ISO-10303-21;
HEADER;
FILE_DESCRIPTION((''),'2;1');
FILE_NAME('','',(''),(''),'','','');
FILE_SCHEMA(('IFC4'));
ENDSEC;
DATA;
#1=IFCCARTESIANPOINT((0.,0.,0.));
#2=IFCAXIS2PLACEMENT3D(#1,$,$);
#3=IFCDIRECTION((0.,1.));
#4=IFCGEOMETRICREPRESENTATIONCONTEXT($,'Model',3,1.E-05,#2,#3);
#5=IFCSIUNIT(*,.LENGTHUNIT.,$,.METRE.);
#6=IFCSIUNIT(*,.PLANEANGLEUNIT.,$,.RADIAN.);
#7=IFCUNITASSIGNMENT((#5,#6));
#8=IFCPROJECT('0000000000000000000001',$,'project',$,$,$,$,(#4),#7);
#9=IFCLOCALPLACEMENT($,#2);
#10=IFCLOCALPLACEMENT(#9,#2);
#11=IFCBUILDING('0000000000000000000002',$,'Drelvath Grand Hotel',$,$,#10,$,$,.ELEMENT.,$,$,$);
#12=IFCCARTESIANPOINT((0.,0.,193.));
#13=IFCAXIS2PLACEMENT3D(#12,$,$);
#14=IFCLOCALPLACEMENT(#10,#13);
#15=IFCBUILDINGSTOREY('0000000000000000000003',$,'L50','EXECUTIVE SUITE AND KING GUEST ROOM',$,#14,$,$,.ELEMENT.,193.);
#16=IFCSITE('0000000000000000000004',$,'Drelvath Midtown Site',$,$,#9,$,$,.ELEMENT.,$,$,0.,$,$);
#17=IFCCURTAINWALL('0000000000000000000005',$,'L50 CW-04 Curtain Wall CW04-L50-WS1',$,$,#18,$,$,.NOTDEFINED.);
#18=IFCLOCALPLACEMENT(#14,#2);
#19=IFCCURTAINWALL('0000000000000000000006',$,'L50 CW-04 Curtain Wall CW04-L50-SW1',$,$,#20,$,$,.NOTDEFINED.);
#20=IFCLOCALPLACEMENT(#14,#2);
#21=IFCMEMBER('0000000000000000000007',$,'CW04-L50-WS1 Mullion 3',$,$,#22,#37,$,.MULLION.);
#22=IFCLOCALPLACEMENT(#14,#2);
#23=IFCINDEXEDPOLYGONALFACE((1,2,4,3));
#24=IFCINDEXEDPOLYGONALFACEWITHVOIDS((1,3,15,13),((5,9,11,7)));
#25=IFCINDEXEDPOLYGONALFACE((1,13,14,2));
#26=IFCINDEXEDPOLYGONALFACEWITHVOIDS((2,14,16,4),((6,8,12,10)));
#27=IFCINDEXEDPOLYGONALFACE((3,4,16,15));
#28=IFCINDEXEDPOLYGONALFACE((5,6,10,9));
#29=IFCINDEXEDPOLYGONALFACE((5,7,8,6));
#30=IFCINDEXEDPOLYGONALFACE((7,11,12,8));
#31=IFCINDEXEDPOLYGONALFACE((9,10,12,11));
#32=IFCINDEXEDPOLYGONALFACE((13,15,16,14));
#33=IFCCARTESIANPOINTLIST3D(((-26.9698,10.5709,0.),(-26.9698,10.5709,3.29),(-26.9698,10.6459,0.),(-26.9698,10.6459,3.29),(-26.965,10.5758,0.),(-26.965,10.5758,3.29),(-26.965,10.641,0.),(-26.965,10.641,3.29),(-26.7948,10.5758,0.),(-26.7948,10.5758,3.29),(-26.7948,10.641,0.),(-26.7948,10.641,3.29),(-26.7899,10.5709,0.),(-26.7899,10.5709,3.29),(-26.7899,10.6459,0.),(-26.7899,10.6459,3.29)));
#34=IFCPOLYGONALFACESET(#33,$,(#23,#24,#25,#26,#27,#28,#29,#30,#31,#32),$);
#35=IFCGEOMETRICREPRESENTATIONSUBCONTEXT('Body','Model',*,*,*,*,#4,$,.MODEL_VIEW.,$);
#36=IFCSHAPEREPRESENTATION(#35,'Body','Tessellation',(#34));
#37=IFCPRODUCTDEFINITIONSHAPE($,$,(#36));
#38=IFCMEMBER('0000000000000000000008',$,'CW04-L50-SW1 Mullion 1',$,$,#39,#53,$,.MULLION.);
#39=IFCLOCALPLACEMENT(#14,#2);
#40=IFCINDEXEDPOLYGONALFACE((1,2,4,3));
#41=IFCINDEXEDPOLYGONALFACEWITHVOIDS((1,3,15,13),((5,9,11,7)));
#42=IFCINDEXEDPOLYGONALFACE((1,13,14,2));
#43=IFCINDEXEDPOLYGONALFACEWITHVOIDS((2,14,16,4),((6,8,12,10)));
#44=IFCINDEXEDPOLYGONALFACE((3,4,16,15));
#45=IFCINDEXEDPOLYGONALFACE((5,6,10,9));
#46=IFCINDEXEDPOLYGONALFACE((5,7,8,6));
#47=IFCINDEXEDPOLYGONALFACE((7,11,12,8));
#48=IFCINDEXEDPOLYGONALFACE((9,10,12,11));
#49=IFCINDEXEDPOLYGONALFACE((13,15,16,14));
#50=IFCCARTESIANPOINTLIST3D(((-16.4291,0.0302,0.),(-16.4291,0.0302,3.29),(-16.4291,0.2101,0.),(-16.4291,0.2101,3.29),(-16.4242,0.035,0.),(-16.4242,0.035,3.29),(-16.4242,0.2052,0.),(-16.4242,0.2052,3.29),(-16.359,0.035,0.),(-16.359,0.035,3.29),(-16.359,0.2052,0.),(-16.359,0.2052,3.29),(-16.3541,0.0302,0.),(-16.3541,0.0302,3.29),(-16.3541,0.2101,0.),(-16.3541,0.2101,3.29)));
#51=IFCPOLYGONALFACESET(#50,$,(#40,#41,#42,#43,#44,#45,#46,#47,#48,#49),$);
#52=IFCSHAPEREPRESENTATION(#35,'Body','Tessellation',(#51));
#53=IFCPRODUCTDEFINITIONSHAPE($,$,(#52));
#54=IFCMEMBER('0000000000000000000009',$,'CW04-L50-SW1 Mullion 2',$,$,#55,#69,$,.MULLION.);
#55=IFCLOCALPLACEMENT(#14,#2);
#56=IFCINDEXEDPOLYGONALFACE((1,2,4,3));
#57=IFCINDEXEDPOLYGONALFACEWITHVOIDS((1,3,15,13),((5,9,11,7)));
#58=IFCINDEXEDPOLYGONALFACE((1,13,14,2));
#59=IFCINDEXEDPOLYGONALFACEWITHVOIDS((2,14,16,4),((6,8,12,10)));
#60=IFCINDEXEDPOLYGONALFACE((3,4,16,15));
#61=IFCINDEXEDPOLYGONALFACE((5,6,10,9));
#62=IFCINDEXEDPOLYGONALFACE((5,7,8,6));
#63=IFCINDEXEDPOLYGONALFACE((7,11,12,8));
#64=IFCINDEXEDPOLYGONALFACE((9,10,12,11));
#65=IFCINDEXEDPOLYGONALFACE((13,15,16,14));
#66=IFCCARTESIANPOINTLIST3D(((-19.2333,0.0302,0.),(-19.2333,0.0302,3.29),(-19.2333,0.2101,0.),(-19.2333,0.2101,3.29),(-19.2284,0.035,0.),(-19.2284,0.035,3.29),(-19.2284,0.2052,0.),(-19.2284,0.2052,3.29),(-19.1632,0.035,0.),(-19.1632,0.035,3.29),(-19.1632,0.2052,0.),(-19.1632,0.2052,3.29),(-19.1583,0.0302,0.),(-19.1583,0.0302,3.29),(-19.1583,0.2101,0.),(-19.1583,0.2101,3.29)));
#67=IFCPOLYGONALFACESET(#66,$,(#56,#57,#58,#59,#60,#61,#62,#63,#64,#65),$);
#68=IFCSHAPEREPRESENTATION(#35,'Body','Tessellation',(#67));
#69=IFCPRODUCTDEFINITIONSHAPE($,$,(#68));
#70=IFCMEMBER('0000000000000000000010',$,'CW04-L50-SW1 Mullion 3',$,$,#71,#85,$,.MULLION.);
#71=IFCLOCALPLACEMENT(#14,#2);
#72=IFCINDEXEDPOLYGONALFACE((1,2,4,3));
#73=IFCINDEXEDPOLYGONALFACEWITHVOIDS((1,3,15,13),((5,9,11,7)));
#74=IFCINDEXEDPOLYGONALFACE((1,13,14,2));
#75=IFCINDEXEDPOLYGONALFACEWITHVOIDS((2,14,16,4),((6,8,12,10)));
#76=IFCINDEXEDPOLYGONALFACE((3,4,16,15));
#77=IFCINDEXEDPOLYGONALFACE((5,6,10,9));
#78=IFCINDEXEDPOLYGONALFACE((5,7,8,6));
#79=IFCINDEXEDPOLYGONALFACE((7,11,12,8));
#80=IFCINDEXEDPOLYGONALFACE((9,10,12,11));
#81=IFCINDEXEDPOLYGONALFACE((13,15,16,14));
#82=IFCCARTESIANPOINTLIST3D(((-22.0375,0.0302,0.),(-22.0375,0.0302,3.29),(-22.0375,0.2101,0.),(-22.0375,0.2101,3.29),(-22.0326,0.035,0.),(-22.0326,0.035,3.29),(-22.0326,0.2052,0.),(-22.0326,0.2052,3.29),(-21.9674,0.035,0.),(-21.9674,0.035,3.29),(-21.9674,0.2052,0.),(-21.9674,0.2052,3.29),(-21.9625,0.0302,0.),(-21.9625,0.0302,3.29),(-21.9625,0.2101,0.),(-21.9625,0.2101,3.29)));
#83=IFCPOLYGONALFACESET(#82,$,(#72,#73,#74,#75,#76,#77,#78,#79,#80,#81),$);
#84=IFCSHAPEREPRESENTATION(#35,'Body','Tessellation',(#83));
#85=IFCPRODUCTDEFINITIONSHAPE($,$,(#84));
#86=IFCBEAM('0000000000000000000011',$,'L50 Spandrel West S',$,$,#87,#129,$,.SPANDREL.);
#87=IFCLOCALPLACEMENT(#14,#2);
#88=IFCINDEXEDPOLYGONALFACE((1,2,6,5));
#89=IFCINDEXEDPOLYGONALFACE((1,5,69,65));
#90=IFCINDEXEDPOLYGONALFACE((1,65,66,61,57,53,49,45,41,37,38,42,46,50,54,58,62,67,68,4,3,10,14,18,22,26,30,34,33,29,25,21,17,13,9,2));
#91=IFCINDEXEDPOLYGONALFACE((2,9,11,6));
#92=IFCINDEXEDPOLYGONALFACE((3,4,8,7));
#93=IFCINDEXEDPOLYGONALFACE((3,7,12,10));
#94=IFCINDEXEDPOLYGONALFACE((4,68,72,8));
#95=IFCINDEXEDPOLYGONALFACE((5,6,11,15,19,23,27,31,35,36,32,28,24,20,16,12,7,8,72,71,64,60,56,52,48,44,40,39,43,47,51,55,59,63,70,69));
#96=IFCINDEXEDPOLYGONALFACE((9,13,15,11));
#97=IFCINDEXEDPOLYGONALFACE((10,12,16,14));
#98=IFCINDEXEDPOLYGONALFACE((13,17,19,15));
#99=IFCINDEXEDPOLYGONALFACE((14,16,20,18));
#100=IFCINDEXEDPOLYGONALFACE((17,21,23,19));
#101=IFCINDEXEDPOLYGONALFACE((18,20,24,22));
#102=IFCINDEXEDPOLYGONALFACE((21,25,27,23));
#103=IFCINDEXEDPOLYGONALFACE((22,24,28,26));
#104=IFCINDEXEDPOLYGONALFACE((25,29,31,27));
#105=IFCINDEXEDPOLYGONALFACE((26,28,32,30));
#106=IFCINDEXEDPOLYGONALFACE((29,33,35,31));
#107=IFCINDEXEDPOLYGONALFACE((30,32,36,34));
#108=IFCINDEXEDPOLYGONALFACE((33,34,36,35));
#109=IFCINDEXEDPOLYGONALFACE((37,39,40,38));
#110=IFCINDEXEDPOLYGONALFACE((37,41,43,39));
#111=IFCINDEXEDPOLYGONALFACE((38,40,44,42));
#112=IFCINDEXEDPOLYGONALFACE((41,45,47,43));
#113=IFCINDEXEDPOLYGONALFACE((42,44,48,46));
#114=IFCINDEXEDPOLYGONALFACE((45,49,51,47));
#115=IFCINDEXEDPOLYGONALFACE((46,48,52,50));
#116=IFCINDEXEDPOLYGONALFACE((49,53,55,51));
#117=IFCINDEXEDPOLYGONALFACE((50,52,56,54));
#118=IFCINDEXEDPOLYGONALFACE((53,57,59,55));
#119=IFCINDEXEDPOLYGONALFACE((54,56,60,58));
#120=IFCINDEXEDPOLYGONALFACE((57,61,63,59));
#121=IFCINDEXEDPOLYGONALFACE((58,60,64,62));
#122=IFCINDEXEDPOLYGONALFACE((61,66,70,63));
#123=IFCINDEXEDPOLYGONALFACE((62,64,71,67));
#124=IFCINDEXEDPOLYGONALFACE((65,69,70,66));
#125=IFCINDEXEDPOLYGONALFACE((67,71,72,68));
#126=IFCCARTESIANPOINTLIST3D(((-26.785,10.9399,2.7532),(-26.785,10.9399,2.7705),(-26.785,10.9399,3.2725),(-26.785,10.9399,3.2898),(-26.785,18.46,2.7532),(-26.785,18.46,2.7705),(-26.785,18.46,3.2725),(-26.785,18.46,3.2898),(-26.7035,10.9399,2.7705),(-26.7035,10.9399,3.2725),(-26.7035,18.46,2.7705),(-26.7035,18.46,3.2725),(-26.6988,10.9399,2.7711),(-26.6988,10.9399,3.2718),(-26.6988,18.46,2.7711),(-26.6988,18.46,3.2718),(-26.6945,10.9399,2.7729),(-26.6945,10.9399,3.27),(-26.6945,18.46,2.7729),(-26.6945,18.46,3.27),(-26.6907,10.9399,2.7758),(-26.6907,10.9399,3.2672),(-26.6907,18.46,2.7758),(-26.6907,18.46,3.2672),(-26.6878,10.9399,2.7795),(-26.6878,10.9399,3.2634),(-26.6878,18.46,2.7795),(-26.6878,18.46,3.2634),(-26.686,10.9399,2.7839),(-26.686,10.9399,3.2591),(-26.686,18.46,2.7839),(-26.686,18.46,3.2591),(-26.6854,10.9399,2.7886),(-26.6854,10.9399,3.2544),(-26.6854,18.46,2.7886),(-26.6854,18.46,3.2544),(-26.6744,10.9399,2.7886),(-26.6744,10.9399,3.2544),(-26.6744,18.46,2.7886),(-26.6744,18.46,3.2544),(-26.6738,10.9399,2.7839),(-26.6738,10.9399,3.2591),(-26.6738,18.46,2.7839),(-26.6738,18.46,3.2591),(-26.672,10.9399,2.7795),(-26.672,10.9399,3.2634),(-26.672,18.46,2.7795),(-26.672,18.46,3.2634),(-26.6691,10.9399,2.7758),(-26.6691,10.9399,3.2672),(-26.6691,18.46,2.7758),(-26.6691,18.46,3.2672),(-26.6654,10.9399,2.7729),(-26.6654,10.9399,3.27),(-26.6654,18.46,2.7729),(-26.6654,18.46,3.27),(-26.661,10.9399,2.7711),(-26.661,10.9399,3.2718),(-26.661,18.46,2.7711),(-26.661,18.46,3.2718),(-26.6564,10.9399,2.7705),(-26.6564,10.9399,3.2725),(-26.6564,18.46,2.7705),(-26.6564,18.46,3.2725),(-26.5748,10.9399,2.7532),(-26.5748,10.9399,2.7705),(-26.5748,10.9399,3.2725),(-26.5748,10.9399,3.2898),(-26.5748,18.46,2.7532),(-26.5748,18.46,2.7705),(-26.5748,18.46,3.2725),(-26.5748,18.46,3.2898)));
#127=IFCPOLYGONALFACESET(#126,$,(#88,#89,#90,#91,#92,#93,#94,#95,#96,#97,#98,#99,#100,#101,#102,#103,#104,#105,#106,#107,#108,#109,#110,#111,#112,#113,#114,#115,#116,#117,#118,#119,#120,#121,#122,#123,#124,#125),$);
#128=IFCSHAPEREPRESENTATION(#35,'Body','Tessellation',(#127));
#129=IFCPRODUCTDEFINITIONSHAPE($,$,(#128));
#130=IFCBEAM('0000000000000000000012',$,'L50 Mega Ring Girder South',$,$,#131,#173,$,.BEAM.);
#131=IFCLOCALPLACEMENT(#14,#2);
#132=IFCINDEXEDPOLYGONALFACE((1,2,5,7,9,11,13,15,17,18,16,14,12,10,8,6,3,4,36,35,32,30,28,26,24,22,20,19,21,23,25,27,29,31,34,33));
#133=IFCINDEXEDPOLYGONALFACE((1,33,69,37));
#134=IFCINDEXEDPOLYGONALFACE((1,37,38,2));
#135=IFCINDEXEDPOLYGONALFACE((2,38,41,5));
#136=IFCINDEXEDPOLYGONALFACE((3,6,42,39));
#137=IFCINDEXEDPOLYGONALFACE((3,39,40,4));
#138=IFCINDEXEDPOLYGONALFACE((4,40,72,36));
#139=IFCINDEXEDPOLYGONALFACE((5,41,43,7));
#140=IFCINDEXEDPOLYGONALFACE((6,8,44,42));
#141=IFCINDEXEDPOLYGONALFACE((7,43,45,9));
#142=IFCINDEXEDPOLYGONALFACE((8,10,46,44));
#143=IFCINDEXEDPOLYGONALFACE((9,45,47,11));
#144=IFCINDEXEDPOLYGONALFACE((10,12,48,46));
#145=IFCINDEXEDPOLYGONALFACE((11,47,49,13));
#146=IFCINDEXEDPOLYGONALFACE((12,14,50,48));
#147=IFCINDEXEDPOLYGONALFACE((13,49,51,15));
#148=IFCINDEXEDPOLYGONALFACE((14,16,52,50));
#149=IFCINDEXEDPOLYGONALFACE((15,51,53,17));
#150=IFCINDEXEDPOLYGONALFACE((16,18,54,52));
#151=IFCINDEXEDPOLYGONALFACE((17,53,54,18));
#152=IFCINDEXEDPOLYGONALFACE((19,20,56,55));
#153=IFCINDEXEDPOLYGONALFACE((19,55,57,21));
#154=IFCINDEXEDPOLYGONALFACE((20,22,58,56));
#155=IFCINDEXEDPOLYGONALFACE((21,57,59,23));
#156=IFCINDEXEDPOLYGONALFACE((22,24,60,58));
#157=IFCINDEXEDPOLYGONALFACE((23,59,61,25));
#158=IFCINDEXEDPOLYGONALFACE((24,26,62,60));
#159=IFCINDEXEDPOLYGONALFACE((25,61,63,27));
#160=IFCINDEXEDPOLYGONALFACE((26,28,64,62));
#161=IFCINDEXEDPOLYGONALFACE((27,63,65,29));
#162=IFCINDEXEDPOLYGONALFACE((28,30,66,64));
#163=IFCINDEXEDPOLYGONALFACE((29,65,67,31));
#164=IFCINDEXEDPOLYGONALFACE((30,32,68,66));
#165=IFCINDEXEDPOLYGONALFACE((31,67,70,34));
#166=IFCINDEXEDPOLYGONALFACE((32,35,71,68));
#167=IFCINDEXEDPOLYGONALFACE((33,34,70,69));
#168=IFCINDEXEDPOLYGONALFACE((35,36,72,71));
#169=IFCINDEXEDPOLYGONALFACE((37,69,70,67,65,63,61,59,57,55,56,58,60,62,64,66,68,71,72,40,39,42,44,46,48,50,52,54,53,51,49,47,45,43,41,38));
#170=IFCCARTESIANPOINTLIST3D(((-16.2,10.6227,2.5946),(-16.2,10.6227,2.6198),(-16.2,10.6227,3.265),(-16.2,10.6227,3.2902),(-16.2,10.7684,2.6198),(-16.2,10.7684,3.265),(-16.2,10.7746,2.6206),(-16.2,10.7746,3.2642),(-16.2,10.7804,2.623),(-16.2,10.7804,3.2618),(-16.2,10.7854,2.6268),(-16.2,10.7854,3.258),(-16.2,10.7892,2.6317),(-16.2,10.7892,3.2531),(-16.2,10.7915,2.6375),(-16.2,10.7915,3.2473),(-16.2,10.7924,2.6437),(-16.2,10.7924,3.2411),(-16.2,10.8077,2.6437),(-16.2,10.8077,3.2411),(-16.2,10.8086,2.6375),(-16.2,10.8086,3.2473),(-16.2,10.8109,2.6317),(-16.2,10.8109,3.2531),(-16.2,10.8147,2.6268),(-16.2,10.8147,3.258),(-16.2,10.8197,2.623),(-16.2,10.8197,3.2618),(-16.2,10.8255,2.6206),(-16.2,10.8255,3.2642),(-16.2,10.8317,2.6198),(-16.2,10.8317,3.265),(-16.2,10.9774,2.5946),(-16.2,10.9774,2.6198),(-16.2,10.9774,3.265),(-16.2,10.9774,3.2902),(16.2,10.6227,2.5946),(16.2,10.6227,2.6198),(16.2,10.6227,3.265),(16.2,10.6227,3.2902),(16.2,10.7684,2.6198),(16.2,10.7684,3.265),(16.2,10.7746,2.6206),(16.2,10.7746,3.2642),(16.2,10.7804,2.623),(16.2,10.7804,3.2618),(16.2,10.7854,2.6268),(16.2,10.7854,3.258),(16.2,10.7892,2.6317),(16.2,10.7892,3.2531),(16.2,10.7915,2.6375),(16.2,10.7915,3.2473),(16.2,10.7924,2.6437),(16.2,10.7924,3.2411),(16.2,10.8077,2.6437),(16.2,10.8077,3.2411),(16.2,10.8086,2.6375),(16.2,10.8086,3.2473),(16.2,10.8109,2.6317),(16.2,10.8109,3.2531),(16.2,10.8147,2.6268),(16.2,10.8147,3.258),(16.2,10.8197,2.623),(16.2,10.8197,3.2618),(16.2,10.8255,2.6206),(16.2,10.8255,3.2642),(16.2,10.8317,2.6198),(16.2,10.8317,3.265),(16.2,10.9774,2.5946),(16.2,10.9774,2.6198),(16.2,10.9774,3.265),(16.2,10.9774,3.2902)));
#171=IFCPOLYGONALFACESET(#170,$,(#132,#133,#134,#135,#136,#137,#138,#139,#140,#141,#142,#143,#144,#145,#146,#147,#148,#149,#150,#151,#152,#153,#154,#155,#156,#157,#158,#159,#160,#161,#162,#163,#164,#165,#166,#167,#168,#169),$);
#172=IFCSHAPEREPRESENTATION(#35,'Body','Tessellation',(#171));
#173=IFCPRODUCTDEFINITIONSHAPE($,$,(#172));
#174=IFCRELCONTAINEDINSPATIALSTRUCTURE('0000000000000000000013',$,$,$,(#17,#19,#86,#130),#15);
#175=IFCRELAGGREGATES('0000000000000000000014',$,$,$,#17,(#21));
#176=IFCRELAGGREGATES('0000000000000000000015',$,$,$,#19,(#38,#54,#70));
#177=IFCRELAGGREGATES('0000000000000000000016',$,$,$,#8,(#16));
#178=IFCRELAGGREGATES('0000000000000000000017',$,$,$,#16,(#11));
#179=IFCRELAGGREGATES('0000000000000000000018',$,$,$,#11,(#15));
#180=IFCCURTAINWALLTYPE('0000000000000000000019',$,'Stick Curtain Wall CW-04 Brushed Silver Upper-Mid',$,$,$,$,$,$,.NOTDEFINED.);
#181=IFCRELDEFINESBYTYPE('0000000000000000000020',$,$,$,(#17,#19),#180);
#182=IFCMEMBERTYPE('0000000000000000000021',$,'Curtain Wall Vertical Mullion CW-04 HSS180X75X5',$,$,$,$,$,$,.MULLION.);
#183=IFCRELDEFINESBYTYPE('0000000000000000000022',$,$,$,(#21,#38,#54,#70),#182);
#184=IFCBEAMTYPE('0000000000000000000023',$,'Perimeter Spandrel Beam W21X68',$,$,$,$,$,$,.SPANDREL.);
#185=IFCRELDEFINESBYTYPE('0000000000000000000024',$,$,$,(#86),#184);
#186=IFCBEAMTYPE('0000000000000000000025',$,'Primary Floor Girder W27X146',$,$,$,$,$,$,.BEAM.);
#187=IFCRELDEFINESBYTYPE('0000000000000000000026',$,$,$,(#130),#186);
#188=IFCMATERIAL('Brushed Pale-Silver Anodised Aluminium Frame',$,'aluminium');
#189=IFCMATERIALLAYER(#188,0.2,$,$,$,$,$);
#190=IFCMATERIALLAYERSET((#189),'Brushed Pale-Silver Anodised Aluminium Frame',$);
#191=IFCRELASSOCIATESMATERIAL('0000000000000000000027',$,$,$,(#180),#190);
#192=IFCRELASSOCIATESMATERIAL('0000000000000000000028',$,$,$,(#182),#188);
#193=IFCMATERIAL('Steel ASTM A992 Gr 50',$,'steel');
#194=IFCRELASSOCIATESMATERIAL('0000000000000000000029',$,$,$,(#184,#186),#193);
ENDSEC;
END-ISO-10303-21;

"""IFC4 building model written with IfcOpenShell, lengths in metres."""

from ifc_helpers import new_model, si_unit, direction, frame, origin, origin_2d, place, context, subcontext, project, spatial, hollow_rectangle, i_section, extrude, material, layer, layer_set, material_profile, profile_set, type_object, element, aggregate, save


model = new_model("IFC4")

# Units and contexts
model_context = context("Model", 3, precision=1e-05, world=origin(), true_north=direction((0.0, 1.0)))
body_context = subcontext(model_context, "Body", "Model", "MODEL_VIEW")
ifc_project = project(units=[si_unit("LENGTHUNIT", "METRE"), si_unit("PLANEANGLEUNIT", "RADIAN")], contexts=[model_context])

# Site, building, storey
site_placement = place(None, origin())
site = spatial("IfcSite", under=ifc_project, at=site_placement, Name="Drelvath Midtown Site", CompositionType="ELEMENT", RefElevation=0.0)
building_placement = place(site_placement, origin())
building = spatial("IfcBuilding", under=site, at=building_placement, Name="Drelvath Grand Hotel", CompositionType="ELEMENT")
storey_placement = place(building_placement, frame((0.0, 0.0, 193.0)))
storey = spatial("IfcBuildingStorey", under=building, at=storey_placement, Name="L50", Description="EXECUTIVE SUITE AND KING GUEST ROOM", CompositionType="ELEMENT", Elevation=193.0)

# Curtain walls
ifc_material_1 = material(Name="Brushed Pale-Silver Anodised Aluminium Frame", Category="aluminium")
ifc_layer_1 = layer(ifc_material_1, 0.2)
ifc_layer_set_1 = layer_set([ifc_layer_1], Name="Brushed Pale-Silver Anodised Aluminium Frame")
curtain_wall_type = type_object("IfcCurtainWallType", Name="Stick Curtain Wall CW-04 Brushed Silver Upper-Mid", PredefinedType="NOTDEFINED", material=ifc_layer_set_1)
curtain_wall_1_placement = place(storey_placement, origin())
curtain_wall_1 = element("IfcCurtainWall", 1, at=curtain_wall_1_placement, inside=storey, type_object=curtain_wall_type, Name="L50 CW-04 Curtain Wall CW04-L50-WS1", PredefinedType="NOTDEFINED")
curtain_wall_2_placement = place(storey_placement, origin())
curtain_wall_2 = element("IfcCurtainWall", 2, at=curtain_wall_2_placement, inside=storey, type_object=curtain_wall_type, Name="L50 CW-04 Curtain Wall CW04-L50-SW1", PredefinedType="NOTDEFINED")

# Members
ifc_material_profile_1 = material_profile(ifc_material_1, hollow_rectangle(XDim=0.075, YDim=0.1799, WallThickness=0.0049, at=origin_2d()), Name="HSS180X75X5")
ifc_profile_set_1 = profile_set([ifc_material_profile_1], Name="Brushed Pale-Silver Anodised Aluminium Frame")
member_type_1 = type_object("IfcMemberType", Name="Curtain Wall Vertical Mullion CW-04 HSS180X75X5", PredefinedType="MULLION", material=ifc_profile_set_1)
member_1_placement = place(storey_placement, frame((-26.8799, 10.6084, 0.0), z_axis=(0.0, 0.0, 1.0), x_axis=(0.0, 1.0, 0.0)))
member_1 = element("IfcMember", 3, at=member_1_placement, type_object=member_type_1, Name="CW04-L50-WS1 Mullion 3", PredefinedType="MULLION", context=body_context, shape_type="SweptSolid", body=[
    extrude(hollow_rectangle(XDim=0.075, YDim=0.1799, WallThickness=0.0049, at=origin_2d()), origin(), (0.0, 0.0, 1.0), 3.29),
])
member_2_placement = place(storey_placement, frame((-16.3916, 0.1201, 0.0), z_axis=(0.0, 0.0, 1.0), x_axis=(1.0, 0.0, 0.0)))
member_2 = element("IfcMember", 4, at=member_2_placement, type_object=member_type_1, Name="CW04-L50-SW1 Mullion 1", PredefinedType="MULLION", context=body_context, shape_type="SweptSolid", body=[
    extrude(hollow_rectangle(XDim=0.075, YDim=0.1799, WallThickness=0.0049, at=origin_2d()), origin(), (0.0, 0.0, 1.0), 3.29),
])
member_3_placement = place(storey_placement, frame((-19.1958, 0.1201, 0.0), z_axis=(0.0, 0.0, 1.0), x_axis=(1.0, 0.0, 0.0)))
member_3 = element("IfcMember", 5, at=member_3_placement, type_object=member_type_1, Name="CW04-L50-SW1 Mullion 2", PredefinedType="MULLION", context=body_context, shape_type="SweptSolid", body=[
    extrude(hollow_rectangle(XDim=0.075, YDim=0.1799, WallThickness=0.0049, at=origin_2d()), origin(), (0.0, 0.0, 1.0), 3.29),
])
member_4_placement = place(storey_placement, frame((-22.0, 0.1201, 0.0), z_axis=(0.0, 0.0, 1.0), x_axis=(1.0, 0.0, 0.0)))
member_4 = element("IfcMember", 6, at=member_4_placement, type_object=member_type_1, Name="CW04-L50-SW1 Mullion 3", PredefinedType="MULLION", context=body_context, shape_type="SweptSolid", body=[
    extrude(hollow_rectangle(XDim=0.075, YDim=0.1799, WallThickness=0.0049, at=origin_2d()), origin(), (0.0, 0.0, 1.0), 3.29),
])

# Beams
ifc_material_2 = material(Name="Steel ASTM A992 Gr 50", Category="steel")
ifc_material_profile_2 = material_profile(ifc_material_2, i_section(OverallWidth=0.2102, OverallDepth=0.5366, WebThickness=0.011, FlangeThickness=0.0173, FilletRadius=0.0181, at=origin_2d()), Name="W21X68")
ifc_profile_set_2 = profile_set([ifc_material_profile_2], Name="Steel ASTM A992 Gr 50")
beam_type_1 = type_object("IfcBeamType", Name="Perimeter Spandrel Beam W21X68", PredefinedType="SPANDREL", material=ifc_profile_set_2)
beam_placement = place(storey_placement, frame((-26.6799, 10.9399, 3.0215), z_axis=(0.0, 1.0, 0.0), x_axis=(-1.0, 0.0, 0.0)))
element("IfcBeam", 7, at=beam_placement, inside=storey, type_object=beam_type_1, Name="L50 Spandrel West S", PredefinedType="SPANDREL", context=body_context, shape_type="SweptSolid", body=[
    extrude(i_section(OverallWidth=0.2102, OverallDepth=0.5366, WebThickness=0.011, FlangeThickness=0.0173, FilletRadius=0.0181, at=origin_2d()), origin(), (0.0, 0.0, 1.0), 7.52),
])
ifc_material_profile_3 = material_profile(ifc_material_2, i_section(OverallWidth=0.3547, OverallDepth=0.6956, WebThickness=0.0154, FlangeThickness=0.0251, FilletRadius=0.0239, at=origin_2d()), Name="W27X146")
ifc_profile_set_3 = profile_set([ifc_material_profile_3], Name="Steel ASTM A992 Gr 50")
beam_type_2 = type_object("IfcBeamType", Name="Primary Floor Girder W27X146", PredefinedType="BEAM", material=ifc_profile_set_3)
for number, where, z_axis, x_axis, name in (
    (8, (-16.2, 10.8, 2.9424), (1.0, 0.0, 0.0), (0.0, 1.0, 0.0), "L50 Mega Ring Girder South"),
):
    element("IfcBeam", number, at=place(storey_placement, frame(where, z_axis=z_axis, x_axis=x_axis)), inside=storey, type_object=beam_type_2, Name=name, PredefinedType="BEAM", context=body_context, shape_type="SweptSolid", body=[
        extrude(i_section(OverallWidth=0.3547, OverallDepth=0.6956, WebThickness=0.0154, FlangeThickness=0.0251, FilletRadius=0.0239, at=origin_2d()), origin(), (0.0, 0.0, 1.0), 32.3999),
    ])

aggregate(curtain_wall_1, [member_1])
aggregate(curtain_wall_2, [member_2, member_3, member_4])

save(model, "model.ifc")
